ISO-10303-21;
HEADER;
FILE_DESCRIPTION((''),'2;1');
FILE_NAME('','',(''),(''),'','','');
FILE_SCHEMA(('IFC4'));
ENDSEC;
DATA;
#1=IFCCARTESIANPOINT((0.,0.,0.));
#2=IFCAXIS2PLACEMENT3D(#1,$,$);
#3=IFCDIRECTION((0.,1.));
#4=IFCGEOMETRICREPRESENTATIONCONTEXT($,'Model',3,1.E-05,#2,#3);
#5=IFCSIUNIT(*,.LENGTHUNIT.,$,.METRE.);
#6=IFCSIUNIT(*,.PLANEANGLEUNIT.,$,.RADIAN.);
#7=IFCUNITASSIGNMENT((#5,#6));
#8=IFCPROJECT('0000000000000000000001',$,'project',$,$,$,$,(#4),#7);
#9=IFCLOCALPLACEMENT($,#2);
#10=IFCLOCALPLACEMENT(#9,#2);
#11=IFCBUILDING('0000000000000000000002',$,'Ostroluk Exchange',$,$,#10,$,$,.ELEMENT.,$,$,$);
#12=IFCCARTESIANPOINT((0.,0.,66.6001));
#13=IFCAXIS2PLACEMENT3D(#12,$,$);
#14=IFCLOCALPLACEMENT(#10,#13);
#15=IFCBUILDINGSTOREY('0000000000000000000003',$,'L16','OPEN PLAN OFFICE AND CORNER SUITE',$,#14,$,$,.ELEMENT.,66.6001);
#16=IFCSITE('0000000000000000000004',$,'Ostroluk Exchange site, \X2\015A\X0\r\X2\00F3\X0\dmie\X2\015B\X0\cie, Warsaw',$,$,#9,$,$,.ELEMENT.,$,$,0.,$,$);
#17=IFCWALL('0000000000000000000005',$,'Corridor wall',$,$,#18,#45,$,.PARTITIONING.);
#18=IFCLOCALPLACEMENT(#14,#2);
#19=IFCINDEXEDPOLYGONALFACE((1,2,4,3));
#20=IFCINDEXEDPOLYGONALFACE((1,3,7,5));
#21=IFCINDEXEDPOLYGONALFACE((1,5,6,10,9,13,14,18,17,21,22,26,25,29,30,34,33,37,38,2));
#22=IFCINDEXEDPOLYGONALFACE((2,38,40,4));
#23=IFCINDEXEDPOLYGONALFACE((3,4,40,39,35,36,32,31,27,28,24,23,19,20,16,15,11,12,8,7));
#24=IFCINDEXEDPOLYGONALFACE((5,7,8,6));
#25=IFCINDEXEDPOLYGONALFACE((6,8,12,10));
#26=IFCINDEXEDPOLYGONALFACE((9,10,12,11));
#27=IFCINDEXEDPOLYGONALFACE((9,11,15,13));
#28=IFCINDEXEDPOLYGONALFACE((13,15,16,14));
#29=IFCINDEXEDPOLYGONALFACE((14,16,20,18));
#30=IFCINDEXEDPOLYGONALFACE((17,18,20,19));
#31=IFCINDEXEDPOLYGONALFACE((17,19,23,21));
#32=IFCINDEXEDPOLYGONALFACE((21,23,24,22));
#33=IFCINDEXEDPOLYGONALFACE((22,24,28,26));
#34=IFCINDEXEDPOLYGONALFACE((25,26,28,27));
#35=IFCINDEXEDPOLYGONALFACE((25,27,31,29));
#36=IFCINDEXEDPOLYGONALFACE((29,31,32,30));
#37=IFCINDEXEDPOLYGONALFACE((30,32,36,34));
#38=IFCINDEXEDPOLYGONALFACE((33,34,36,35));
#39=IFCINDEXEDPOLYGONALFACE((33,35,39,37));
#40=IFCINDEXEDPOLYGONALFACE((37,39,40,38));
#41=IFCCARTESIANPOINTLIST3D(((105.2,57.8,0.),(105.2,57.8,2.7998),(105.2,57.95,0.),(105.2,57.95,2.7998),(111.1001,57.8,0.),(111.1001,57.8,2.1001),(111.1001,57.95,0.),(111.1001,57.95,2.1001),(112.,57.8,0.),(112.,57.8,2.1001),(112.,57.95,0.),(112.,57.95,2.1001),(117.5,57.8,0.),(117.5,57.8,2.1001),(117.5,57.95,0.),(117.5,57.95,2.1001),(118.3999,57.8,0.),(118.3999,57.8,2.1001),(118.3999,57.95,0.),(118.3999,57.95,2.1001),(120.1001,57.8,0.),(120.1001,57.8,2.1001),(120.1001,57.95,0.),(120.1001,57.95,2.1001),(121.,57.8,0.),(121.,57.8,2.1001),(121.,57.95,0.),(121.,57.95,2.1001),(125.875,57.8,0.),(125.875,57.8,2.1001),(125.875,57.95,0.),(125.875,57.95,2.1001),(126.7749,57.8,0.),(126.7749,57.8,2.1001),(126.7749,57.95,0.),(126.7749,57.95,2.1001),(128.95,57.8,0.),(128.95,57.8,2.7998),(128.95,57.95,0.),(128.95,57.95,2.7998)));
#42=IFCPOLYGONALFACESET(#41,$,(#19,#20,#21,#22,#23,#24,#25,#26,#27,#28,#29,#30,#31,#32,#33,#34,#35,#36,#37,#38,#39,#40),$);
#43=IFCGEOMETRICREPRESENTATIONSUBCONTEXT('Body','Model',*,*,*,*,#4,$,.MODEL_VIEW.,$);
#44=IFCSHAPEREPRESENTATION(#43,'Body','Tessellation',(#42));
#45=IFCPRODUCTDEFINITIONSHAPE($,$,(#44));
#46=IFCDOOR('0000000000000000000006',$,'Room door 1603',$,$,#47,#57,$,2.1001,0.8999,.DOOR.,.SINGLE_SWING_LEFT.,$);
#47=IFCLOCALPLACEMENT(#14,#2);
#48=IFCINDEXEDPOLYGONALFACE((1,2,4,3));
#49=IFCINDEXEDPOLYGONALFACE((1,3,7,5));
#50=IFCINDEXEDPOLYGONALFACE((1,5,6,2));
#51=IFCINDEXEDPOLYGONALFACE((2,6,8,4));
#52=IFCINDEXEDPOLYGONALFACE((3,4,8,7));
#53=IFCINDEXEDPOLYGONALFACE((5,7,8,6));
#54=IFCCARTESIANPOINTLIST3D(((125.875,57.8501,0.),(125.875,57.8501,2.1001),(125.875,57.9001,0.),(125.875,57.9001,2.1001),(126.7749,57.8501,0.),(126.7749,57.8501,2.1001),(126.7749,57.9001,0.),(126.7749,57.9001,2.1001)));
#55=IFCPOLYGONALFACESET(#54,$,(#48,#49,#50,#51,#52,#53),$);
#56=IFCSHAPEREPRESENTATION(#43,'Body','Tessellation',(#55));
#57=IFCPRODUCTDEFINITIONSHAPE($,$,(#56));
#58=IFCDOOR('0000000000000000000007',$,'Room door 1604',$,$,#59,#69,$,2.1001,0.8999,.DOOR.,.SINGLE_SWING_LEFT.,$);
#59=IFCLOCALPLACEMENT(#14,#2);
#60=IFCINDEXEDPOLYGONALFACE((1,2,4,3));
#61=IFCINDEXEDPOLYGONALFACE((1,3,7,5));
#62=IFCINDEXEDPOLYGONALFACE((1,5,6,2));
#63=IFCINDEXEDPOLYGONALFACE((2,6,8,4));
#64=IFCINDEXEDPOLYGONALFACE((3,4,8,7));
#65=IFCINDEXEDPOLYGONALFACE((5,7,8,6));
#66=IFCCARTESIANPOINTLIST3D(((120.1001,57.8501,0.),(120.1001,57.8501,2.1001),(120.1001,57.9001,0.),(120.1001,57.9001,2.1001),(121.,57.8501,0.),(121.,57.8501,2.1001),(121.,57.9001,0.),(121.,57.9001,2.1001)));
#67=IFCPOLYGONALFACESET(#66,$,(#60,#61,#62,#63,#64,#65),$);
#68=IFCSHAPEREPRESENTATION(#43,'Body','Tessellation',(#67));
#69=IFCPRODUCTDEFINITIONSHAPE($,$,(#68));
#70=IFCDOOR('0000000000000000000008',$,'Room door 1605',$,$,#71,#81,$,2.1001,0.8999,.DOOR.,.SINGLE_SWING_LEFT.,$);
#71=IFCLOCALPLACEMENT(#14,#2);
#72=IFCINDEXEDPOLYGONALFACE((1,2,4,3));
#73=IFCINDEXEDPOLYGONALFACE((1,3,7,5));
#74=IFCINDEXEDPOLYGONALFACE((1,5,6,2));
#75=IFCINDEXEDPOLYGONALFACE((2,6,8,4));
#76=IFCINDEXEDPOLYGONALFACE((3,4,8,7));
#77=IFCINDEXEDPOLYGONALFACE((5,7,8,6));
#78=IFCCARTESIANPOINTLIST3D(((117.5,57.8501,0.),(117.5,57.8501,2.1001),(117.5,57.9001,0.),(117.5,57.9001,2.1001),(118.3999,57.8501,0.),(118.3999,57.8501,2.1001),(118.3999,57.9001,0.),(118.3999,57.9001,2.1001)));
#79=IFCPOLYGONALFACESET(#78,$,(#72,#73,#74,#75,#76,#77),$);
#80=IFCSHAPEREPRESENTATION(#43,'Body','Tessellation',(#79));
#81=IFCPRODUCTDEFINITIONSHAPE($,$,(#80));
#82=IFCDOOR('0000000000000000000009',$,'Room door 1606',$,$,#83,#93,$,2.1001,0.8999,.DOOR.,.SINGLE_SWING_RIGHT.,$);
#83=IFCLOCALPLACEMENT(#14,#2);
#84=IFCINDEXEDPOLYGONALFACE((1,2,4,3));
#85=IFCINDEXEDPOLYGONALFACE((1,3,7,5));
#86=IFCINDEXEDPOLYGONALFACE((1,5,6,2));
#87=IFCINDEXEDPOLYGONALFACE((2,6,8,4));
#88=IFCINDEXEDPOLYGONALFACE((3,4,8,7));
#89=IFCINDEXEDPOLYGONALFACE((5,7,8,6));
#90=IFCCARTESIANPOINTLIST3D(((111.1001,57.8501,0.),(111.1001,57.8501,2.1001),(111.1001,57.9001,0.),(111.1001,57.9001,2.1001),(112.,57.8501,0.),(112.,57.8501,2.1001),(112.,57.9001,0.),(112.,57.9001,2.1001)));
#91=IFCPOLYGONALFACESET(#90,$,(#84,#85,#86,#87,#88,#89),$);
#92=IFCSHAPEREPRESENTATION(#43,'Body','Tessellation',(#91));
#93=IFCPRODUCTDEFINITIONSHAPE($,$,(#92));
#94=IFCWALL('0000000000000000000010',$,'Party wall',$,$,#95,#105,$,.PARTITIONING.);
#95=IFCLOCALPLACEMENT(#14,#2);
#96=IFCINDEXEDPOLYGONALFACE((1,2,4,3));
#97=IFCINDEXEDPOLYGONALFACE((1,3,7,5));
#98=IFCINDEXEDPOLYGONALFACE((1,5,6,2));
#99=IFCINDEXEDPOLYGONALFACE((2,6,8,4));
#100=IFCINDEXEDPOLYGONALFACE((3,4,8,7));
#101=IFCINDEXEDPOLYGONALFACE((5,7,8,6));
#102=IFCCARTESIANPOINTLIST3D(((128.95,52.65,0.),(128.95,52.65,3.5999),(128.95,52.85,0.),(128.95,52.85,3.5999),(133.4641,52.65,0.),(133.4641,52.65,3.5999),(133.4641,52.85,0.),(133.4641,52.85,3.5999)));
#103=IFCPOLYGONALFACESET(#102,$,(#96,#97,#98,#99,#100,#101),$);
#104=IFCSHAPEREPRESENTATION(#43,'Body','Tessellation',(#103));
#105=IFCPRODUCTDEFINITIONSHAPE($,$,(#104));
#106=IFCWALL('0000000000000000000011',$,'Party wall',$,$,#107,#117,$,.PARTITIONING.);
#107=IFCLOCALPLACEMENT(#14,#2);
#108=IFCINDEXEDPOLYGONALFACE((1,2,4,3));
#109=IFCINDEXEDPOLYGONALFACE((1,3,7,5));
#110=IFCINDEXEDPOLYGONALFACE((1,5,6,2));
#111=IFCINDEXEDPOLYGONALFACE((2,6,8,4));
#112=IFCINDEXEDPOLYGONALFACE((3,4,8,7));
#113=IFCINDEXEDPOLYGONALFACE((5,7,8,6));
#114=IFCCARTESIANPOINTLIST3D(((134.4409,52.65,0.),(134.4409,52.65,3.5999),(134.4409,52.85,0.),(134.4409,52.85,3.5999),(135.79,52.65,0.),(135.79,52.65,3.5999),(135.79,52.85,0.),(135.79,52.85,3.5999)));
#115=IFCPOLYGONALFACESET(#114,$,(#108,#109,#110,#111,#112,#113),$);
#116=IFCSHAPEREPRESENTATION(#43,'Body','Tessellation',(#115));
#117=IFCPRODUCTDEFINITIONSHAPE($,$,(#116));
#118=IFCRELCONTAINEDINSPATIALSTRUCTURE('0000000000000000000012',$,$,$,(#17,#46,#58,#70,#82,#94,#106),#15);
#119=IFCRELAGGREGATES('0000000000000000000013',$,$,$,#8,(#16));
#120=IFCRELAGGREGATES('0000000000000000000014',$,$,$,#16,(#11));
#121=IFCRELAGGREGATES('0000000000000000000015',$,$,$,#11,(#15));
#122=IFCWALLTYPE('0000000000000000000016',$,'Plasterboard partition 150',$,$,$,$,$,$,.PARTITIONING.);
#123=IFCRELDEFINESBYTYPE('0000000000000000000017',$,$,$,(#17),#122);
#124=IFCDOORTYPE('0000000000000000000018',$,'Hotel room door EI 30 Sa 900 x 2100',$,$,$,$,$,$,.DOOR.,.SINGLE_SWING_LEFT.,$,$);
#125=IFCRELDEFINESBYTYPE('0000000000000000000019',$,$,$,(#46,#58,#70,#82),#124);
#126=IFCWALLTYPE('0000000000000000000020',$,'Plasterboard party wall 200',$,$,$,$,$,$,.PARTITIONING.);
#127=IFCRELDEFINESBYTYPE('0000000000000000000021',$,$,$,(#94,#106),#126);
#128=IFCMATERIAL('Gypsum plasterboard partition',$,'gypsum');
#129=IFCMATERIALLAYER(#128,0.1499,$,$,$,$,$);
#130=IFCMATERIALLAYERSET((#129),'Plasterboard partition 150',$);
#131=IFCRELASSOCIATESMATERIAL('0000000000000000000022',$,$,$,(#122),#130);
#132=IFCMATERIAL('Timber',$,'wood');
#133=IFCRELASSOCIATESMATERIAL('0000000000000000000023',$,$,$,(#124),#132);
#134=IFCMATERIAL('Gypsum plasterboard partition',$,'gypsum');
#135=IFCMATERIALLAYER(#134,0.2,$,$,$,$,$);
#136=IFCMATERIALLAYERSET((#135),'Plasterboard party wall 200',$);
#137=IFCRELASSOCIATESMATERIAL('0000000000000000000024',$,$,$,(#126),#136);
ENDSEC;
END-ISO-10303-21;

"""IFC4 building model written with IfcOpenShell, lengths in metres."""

from ifc_helpers import new_model, si_unit, direction, frame, frame_2d, origin, place, context, subcontext, project, spatial, rectangle, extrude, material, layer, layer_set, type_object, element, fill, save


model = new_model("IFC4")

# Units and contexts
model_context = context("Model", 3, precision=1e-05, world=origin(), true_north=direction((0.0, 1.0)))
body_context = subcontext(model_context, "Body", "Model", "MODEL_VIEW")
ifc_project = project(units=[si_unit("LENGTHUNIT", "METRE"), si_unit("PLANEANGLEUNIT", "RADIAN")], contexts=[model_context])

# Site, building, storey
site_placement = place(None, origin())
site = spatial("IfcSite", under=ifc_project, at=site_placement, Name="Ostroluk Exchange site, Śródmieście, Warsaw", CompositionType="ELEMENT", RefElevation=0.0)
building_placement = place(site_placement, origin())
building = spatial("IfcBuilding", under=site, at=building_placement, Name="Ostroluk Exchange", CompositionType="ELEMENT")
storey_placement = place(building_placement, frame((0.0, 0.0, 66.6001)))
storey = spatial("IfcBuildingStorey", under=building, at=storey_placement, Name="L16", Description="OPEN PLAN OFFICE AND CORNER SUITE", CompositionType="ELEMENT", Elevation=66.6001)

# Wall, openings, doors
ifc_material_1 = material(Name="Gypsum plasterboard partition", Category="gypsum")
ifc_layer_1 = layer(ifc_material_1, 0.1499)
ifc_layer_set_1 = layer_set([ifc_layer_1], Name="Plasterboard partition 150")
wall_type_1 = type_object("IfcWallType", Name="Plasterboard partition 150", PredefinedType="PARTITIONING", material=ifc_layer_set_1)
wall_1_placement = place(storey_placement, frame((128.95, 57.875, 0.0), z_axis=(0.0, 0.0, 1.0), x_axis=(-1.0, 0.0, 0.0)))
wall_1 = element("IfcWall", 1, at=wall_1_placement, inside=storey, type_object=wall_type_1, Name="Corridor wall", PredefinedType="PARTITIONING", context=body_context, shape_type="SweptSolid", body=[
    extrude(rectangle(XDim=23.75, YDim=0.1499, at=frame_2d((11.875, 0.0))), origin(), (0.0, 0.0, 1.0), 2.7998),
])
opening_1_placement = place(wall_1_placement, frame((2.175, 0.0, 0.0)))
opening_1 = element("IfcOpeningElement", 2, at=opening_1_placement, cuts=wall_1, PredefinedType="OPENING", context=body_context, shape_type="SweptSolid", body=[
    extrude(rectangle(XDim=0.8999, YDim=2.1001, at=frame_2d((0.45, 1.05))), frame((0.0, 0.085, 0.0), z_axis=(0.0, -1.0, 0.0), x_axis=(1.0, 0.0, 0.0)), (0.0, 0.0, 1.0), 0.1699),
])
opening_2_placement = place(wall_1_placement, frame((7.95, 0.0, 0.0)))
opening_2 = element("IfcOpeningElement", 3, at=opening_2_placement, cuts=wall_1, PredefinedType="OPENING", context=body_context, shape_type="SweptSolid", body=[
    extrude(rectangle(XDim=0.8999, YDim=2.1001, at=frame_2d((0.45, 1.05))), frame((0.0, 0.085, 0.0), z_axis=(0.0, -1.0, 0.0), x_axis=(1.0, 0.0, 0.0)), (0.0, 0.0, 1.0), 0.1699),
])
opening_3_placement = place(wall_1_placement, frame((10.55, 0.0, 0.0)))
opening_3 = element("IfcOpeningElement", 4, at=opening_3_placement, cuts=wall_1, PredefinedType="OPENING", context=body_context, shape_type="SweptSolid", body=[
    extrude(rectangle(XDim=0.8999, YDim=2.1001, at=frame_2d((0.45, 1.05))), frame((0.0, 0.085, 0.0), z_axis=(0.0, -1.0, 0.0), x_axis=(1.0, 0.0, 0.0)), (0.0, 0.0, 1.0), 0.1699),
])
opening_4_placement = place(wall_1_placement, frame((16.95, 0.0, 0.0)))
opening_4 = element("IfcOpeningElement", 5, at=opening_4_placement, cuts=wall_1, PredefinedType="OPENING", context=body_context, shape_type="SweptSolid", body=[
    extrude(rectangle(XDim=0.8999, YDim=2.1001, at=frame_2d((0.45, 1.05))), frame((0.0, 0.085, 0.0), z_axis=(0.0, -1.0, 0.0), x_axis=(1.0, 0.0, 0.0)), (0.0, 0.0, 1.0), 0.1699),
])
ifc_material_2 = material(Name="Timber", Category="wood")
door_type_1 = type_object("IfcDoorType", Name="Hotel room door EI 30 Sa 900 x 2100", OperationType="SINGLE_SWING_LEFT", PredefinedType="DOOR", material=ifc_material_2)
door_1_placement = place(opening_1_placement, origin())
door_1 = element("IfcDoor", 6, at=door_1_placement, inside=storey, type_object=door_type_1, Name="Room door 1603", OperationType="SINGLE_SWING_LEFT", OverallHeight=2.1001, OverallWidth=0.8999, PredefinedType="DOOR", context=body_context, shape_type="SweptSolid", body=[
    extrude(rectangle(XDim=0.8999, YDim=2.1001, at=frame_2d((0.45, 1.05))), frame((0.0, 0.0249, 0.0), z_axis=(0.0, -1.0, 0.0), x_axis=(1.0, 0.0, 0.0)), (0.0, 0.0, 1.0), 0.05),
])
fill(opening_1, door_1)
door_2_placement = place(opening_2_placement, origin())
door_2 = element("IfcDoor", 7, at=door_2_placement, inside=storey, type_object=door_type_1, Name="Room door 1604", OperationType="SINGLE_SWING_LEFT", OverallHeight=2.1001, OverallWidth=0.8999, PredefinedType="DOOR", context=body_context, shape_type="SweptSolid", body=[
    extrude(rectangle(XDim=0.8999, YDim=2.1001, at=frame_2d((0.45, 1.05))), frame((0.0, 0.0249, 0.0), z_axis=(0.0, -1.0, 0.0), x_axis=(1.0, 0.0, 0.0)), (0.0, 0.0, 1.0), 0.05),
])
fill(opening_2, door_2)
door_3_placement = place(opening_3_placement, origin())
door_3 = element("IfcDoor", 8, at=door_3_placement, inside=storey, type_object=door_type_1, Name="Room door 1605", OperationType="SINGLE_SWING_LEFT", OverallHeight=2.1001, OverallWidth=0.8999, PredefinedType="DOOR", context=body_context, shape_type="SweptSolid", body=[
    extrude(rectangle(XDim=0.8999, YDim=2.1001, at=frame_2d((0.45, 1.05))), frame((0.0, 0.0249, 0.0), z_axis=(0.0, -1.0, 0.0), x_axis=(1.0, 0.0, 0.0)), (0.0, 0.0, 1.0), 0.05),
])
fill(opening_3, door_3)
door_4_placement = place(opening_4_placement, origin())
door_4 = element("IfcDoor", 9, at=door_4_placement, inside=storey, type_object=door_type_1, Name="Room door 1606", OperationType="SINGLE_SWING_RIGHT", OverallHeight=2.1001, OverallWidth=0.8999, PredefinedType="DOOR", context=body_context, shape_type="SweptSolid", body=[
    extrude(rectangle(XDim=0.8999, YDim=2.1001, at=frame_2d((0.45, 1.05))), frame((0.0, 0.0249, 0.0), z_axis=(0.0, -1.0, 0.0), x_axis=(1.0, 0.0, 0.0)), (0.0, 0.0, 1.0), 0.05),
])
fill(opening_4, door_4)

# Walls
ifc_material_3 = material(Name="Gypsum plasterboard partition", Category="gypsum")
ifc_layer_2 = layer(ifc_material_3, 0.2)
ifc_layer_set_2 = layer_set([ifc_layer_2], Name="Plasterboard party wall 200")
wall_type_2 = type_object("IfcWallType", Name="Plasterboard party wall 200", PredefinedType="PARTITIONING", material=ifc_layer_set_2)
wall_2_placement = place(storey_placement, frame((128.95, 52.75, 0.0), z_axis=(0.0, 0.0, 1.0), x_axis=(1.0, 0.0, 0.0)))
element("IfcWall", 10, at=wall_2_placement, inside=storey, type_object=wall_type_2, Name="Party wall", PredefinedType="PARTITIONING", context=body_context, shape_type="SweptSolid", body=[
    extrude(rectangle(XDim=4.5142, YDim=0.2, at=frame_2d((2.2571, 0.0))), origin(), (0.0, 0.0, 1.0), 3.5999),
])
wall_3_placement = place(storey_placement, frame((134.4409, 52.75, 0.0), z_axis=(0.0, 0.0, 1.0), x_axis=(1.0, 0.0, 0.0)))
element("IfcWall", 11, at=wall_3_placement, inside=storey, type_object=wall_type_2, Name="Party wall", PredefinedType="PARTITIONING", context=body_context, shape_type="SweptSolid", body=[
    extrude(rectangle(XDim=1.3491, YDim=0.2, at=frame_2d((0.6746, 0.0))), origin(), (0.0, 0.0, 1.0), 3.5999),
])

save(model, "model.ifc")
